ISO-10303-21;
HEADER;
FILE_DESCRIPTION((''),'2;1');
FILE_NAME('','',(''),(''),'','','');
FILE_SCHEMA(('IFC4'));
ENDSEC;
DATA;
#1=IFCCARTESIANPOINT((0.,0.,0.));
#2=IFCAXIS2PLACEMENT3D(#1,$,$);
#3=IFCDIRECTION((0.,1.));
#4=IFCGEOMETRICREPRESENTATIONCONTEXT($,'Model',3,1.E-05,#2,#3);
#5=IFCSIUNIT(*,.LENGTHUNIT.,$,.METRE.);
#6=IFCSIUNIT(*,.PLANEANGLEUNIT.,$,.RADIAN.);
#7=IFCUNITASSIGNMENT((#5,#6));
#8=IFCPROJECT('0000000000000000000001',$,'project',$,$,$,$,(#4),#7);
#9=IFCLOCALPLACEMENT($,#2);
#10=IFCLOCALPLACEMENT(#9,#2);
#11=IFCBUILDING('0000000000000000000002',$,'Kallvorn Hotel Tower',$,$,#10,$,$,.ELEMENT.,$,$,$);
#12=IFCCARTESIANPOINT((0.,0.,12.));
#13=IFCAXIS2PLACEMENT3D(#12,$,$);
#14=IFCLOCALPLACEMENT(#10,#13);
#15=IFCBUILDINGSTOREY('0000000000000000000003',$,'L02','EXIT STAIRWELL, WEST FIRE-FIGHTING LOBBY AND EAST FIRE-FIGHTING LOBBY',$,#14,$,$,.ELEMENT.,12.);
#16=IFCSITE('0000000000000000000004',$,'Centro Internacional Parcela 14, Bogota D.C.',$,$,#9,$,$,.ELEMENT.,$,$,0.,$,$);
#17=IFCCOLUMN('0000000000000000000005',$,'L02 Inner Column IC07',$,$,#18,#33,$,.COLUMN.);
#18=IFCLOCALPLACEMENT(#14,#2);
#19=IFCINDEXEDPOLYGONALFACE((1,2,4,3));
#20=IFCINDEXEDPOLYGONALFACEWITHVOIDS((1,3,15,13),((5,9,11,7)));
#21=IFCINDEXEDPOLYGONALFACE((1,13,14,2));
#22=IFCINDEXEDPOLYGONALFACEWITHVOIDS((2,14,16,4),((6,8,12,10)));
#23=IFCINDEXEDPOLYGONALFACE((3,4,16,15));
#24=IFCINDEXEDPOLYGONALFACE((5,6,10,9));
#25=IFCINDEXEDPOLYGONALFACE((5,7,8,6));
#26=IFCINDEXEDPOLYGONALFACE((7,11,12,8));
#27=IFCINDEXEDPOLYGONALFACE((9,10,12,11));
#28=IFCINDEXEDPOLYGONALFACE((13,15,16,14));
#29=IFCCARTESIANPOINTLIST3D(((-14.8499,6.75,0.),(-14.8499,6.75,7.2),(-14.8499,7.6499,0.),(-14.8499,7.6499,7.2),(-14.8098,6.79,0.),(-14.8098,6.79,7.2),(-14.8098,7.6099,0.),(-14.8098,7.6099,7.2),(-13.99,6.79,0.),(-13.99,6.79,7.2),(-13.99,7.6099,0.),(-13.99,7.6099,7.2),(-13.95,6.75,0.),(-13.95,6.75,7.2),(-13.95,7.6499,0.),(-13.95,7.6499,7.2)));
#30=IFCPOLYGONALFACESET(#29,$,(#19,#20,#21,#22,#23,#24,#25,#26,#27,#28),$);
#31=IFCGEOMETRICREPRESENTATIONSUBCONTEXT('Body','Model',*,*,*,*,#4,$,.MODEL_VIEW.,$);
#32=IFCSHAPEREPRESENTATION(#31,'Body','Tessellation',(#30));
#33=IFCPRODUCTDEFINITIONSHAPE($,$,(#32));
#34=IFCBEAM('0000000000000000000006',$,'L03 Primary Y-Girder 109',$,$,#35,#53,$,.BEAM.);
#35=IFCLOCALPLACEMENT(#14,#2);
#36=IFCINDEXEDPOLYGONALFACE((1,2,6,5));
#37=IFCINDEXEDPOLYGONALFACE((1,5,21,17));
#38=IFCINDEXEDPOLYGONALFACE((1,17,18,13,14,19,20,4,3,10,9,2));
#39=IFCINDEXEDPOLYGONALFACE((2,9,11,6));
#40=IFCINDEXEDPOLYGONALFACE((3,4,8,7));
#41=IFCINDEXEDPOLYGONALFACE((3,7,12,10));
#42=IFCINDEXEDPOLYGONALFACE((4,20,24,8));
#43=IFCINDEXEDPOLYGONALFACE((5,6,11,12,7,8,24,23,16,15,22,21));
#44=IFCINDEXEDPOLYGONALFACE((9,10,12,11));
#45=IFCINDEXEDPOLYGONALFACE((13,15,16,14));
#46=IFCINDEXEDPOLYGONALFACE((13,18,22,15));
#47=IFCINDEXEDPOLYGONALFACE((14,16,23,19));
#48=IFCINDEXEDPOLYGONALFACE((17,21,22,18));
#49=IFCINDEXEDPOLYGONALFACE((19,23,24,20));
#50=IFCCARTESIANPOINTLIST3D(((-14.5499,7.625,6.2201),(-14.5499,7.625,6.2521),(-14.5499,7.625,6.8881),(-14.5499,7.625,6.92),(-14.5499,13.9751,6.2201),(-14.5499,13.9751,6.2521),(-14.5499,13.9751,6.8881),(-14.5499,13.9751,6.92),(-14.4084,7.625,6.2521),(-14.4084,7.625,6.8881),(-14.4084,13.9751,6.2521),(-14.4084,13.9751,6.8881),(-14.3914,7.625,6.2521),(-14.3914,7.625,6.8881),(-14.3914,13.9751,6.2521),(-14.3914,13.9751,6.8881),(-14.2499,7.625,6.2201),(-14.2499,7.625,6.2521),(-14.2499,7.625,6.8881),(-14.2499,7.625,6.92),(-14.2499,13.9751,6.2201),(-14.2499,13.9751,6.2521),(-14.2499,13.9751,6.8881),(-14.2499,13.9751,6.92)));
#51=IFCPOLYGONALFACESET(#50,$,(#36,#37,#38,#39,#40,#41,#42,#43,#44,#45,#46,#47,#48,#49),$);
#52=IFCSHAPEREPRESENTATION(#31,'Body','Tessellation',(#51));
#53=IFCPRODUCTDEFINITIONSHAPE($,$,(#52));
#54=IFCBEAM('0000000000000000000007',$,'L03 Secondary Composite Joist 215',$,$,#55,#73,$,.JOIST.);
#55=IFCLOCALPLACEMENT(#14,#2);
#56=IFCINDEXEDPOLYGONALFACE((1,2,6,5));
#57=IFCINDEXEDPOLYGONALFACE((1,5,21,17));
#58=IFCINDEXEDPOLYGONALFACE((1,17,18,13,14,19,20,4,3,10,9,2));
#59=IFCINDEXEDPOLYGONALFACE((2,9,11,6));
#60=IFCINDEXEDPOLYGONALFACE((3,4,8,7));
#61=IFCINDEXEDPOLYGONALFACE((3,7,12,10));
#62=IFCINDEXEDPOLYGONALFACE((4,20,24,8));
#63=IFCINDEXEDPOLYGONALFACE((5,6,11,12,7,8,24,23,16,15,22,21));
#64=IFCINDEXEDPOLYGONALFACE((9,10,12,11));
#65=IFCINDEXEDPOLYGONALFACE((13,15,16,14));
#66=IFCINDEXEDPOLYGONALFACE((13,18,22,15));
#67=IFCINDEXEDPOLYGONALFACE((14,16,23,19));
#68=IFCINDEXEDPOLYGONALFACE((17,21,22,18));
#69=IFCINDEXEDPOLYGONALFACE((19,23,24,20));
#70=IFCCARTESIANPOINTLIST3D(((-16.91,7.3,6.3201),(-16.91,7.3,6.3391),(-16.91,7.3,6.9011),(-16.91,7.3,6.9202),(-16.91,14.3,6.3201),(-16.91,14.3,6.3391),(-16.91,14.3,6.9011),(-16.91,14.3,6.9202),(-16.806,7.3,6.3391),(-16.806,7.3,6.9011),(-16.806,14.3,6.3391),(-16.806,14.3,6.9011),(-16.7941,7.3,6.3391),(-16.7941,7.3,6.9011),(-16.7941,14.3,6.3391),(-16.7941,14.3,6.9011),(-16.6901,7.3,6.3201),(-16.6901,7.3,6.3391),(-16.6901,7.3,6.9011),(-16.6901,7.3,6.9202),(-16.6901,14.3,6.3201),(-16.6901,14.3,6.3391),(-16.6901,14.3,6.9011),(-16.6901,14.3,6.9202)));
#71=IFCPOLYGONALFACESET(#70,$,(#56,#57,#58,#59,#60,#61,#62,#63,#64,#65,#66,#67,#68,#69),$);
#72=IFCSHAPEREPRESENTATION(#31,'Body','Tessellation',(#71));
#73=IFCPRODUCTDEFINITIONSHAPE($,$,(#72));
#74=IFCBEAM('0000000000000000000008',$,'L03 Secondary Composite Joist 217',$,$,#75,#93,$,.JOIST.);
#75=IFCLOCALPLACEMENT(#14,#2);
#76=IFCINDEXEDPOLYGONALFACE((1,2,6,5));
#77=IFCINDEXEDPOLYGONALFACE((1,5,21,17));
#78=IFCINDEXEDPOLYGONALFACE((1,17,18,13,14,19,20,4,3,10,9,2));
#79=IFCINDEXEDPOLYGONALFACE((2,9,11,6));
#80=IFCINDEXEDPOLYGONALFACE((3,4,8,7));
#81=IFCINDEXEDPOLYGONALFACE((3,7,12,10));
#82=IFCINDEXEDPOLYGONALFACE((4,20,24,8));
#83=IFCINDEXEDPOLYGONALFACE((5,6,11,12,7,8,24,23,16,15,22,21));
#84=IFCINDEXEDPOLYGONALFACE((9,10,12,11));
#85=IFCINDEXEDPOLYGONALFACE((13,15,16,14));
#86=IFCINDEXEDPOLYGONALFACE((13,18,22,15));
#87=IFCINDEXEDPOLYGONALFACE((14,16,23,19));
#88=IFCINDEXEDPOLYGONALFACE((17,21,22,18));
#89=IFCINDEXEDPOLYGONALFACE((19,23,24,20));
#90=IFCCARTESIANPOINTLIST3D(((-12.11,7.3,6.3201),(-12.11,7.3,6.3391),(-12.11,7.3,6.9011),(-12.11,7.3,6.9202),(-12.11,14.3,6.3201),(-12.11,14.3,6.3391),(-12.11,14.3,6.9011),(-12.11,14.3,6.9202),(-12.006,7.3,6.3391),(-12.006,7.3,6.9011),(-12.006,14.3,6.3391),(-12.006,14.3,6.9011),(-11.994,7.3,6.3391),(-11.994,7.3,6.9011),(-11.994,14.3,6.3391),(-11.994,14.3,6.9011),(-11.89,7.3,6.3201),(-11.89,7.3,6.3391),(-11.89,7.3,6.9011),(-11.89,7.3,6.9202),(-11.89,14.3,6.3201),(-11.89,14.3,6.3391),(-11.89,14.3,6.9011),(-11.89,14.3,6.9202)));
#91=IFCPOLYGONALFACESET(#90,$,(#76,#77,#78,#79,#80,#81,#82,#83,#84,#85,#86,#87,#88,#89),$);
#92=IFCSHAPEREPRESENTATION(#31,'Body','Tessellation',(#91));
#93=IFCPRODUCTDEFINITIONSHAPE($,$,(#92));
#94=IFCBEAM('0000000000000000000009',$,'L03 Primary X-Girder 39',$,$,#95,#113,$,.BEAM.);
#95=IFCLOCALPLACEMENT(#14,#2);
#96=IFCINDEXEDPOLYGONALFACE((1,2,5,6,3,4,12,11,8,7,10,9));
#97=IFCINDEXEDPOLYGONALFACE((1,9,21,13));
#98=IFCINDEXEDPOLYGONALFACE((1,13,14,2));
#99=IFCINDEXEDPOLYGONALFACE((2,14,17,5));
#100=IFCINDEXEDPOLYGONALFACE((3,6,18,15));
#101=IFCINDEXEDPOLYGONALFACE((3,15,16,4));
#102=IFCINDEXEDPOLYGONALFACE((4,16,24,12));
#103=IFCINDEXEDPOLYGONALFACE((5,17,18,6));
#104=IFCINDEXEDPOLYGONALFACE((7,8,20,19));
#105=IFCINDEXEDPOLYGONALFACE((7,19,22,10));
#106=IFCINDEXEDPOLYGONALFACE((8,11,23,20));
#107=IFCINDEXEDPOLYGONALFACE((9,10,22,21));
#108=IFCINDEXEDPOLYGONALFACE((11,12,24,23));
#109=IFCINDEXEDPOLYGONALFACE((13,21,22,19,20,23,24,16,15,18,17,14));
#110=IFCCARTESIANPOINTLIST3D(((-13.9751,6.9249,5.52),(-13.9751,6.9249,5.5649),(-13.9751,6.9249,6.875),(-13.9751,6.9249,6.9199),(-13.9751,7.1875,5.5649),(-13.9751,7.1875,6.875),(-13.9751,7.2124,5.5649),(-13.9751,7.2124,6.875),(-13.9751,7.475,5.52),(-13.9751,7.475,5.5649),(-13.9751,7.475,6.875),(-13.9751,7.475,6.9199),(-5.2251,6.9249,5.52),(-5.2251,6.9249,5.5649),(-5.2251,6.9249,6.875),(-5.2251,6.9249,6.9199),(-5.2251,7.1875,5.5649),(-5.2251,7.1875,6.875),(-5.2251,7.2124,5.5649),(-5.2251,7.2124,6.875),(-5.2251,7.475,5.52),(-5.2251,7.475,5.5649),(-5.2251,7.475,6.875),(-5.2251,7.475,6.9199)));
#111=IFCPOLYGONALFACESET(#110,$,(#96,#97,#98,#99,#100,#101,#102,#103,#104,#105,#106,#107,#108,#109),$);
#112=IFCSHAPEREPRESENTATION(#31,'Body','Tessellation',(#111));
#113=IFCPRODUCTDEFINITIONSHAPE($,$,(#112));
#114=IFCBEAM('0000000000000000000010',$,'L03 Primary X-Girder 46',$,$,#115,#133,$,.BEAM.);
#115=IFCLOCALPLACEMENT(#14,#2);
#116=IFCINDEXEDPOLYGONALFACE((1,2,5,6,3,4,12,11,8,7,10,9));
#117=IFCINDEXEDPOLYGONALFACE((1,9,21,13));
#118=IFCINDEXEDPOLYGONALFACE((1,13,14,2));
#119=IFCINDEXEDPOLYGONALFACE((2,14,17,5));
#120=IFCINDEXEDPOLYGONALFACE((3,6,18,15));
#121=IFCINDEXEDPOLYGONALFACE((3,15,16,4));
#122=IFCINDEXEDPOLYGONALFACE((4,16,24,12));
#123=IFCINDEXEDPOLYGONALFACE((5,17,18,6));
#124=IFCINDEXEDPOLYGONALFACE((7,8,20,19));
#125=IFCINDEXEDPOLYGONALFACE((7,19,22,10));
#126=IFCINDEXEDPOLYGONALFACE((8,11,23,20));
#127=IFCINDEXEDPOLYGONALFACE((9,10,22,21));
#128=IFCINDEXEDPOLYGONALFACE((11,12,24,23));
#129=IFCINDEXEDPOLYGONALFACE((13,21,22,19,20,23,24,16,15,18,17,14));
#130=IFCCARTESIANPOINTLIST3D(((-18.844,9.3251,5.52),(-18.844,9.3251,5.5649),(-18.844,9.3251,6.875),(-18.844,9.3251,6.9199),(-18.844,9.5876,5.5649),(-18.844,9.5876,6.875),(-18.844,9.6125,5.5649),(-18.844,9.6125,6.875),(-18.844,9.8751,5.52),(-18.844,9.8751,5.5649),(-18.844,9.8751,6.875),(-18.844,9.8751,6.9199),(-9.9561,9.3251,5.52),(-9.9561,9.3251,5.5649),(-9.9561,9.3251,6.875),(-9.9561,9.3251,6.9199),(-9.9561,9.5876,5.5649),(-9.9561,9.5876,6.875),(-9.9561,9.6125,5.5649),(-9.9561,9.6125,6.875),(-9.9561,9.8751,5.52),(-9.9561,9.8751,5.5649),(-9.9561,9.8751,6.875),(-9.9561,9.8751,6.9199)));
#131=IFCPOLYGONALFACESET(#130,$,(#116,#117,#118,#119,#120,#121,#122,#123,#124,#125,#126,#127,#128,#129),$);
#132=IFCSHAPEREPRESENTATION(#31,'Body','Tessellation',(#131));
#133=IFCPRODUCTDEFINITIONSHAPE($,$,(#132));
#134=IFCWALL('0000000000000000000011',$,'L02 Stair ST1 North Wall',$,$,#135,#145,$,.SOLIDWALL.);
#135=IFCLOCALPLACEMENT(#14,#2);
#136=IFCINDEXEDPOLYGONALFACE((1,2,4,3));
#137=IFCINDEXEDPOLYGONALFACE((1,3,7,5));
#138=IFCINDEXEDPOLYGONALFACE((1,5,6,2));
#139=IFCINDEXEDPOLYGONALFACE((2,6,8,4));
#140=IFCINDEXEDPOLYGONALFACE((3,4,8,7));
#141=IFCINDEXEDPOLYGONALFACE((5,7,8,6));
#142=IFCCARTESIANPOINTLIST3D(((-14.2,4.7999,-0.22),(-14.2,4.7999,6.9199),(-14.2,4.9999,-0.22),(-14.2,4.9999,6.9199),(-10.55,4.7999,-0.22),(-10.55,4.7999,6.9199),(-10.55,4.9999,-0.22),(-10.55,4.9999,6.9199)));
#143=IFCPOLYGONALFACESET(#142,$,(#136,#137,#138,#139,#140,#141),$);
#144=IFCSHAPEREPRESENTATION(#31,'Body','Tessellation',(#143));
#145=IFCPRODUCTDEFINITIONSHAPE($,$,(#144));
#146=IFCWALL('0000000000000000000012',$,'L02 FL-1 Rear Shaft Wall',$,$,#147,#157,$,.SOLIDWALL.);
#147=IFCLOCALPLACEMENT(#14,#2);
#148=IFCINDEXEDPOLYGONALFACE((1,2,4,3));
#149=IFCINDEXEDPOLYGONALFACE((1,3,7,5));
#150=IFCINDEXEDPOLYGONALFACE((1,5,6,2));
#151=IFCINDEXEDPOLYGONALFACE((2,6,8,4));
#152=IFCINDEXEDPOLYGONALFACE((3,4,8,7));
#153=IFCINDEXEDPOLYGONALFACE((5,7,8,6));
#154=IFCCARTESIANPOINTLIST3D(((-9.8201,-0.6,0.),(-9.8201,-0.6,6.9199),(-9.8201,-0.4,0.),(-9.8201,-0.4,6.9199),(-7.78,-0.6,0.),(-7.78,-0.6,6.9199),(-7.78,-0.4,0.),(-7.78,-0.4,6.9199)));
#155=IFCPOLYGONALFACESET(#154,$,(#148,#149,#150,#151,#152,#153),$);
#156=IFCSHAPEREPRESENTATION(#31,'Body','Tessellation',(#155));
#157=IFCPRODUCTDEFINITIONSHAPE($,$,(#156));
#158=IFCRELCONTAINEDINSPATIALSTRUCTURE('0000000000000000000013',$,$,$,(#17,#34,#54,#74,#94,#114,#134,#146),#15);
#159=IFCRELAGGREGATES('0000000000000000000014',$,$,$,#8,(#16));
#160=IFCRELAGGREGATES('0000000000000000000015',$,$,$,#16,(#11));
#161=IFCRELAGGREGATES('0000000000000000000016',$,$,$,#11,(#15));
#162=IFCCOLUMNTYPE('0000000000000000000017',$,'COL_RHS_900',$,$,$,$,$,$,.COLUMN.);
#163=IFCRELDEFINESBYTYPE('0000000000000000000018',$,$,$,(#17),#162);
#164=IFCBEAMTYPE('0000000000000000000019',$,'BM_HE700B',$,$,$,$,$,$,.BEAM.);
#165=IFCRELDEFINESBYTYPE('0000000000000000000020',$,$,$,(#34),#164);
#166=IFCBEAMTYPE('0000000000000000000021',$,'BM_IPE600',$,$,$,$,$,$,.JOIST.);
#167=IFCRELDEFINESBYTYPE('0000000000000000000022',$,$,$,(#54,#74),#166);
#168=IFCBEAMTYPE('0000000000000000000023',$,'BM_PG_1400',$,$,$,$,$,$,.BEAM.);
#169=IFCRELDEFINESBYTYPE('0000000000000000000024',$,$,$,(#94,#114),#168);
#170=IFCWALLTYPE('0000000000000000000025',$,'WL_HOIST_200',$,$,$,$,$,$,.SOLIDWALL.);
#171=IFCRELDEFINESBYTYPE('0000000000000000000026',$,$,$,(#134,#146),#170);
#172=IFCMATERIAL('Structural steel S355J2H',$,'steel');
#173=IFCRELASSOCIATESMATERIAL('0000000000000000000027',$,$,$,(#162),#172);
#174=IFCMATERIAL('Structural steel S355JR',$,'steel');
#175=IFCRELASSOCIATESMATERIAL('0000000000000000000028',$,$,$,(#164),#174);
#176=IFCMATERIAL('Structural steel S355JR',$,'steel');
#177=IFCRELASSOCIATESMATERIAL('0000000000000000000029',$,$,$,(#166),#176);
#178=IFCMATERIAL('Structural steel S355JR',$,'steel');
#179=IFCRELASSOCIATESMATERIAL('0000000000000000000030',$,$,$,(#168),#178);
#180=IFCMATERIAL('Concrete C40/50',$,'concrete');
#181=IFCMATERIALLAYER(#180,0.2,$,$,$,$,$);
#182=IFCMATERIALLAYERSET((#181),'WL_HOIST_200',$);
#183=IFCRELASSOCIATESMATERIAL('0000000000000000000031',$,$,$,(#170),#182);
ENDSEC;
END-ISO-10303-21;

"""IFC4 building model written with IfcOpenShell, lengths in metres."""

from ifc_helpers import new_model, si_unit, direction, frame, frame_2d, origin, origin_2d, place, context, subcontext, project, spatial, rectangle, hollow_rectangle, i_section, extrude, material, layer, layer_set, material_profile, profile_set, type_object, element, save


model = new_model("IFC4")

# Units and contexts
model_context = context("Model", 3, precision=1e-05, world=origin(), true_north=direction((0.0, 1.0)))
body_context = subcontext(model_context, "Body", "Model", "MODEL_VIEW")
ifc_project = project(units=[si_unit("LENGTHUNIT", "METRE"), si_unit("PLANEANGLEUNIT", "RADIAN")], contexts=[model_context])

# Site, building, storey
site_placement = place(None, origin())
site = spatial("IfcSite", under=ifc_project, at=site_placement, Name="Centro Internacional Parcela 14, Bogota D.C.", CompositionType="ELEMENT", RefElevation=0.0)
building_placement = place(site_placement, origin())
building = spatial("IfcBuilding", under=site, at=building_placement, Name="Kallvorn Hotel Tower", CompositionType="ELEMENT")
storey_placement = place(building_placement, frame((0.0, 0.0, 12.0)))
storey = spatial("IfcBuildingStorey", under=building, at=storey_placement, Name="L02", Description="EXIT STAIRWELL, WEST FIRE-FIGHTING LOBBY AND EAST FIRE-FIGHTING LOBBY", CompositionType="ELEMENT", Elevation=12.0)

# Column
ifc_material_1 = material(Name="Structural steel S355J2H", Category="steel")
ifc_material_profile_1 = material_profile(ifc_material_1, hollow_rectangle(XDim=0.8999, YDim=0.8999, WallThickness=0.04, at=origin_2d()), Name="RHS 900x900x40")
ifc_profile_set_1 = profile_set([ifc_material_profile_1], Name="Structural steel S355J2H")
column_type = type_object("IfcColumnType", Name="COL_RHS_900", PredefinedType="COLUMN", material=ifc_profile_set_1)
column_placement = place(storey_placement, frame((-14.3999, 7.2, 0.0), z_axis=(0.0, 0.0, 1.0), x_axis=(1.0, 0.0, 0.0)))
element("IfcColumn", 1, at=column_placement, inside=storey, type_object=column_type, Name="L02 Inner Column IC07", PredefinedType="COLUMN", context=body_context, shape_type="SweptSolid", body=[
    extrude(hollow_rectangle(XDim=0.8999, YDim=0.8999, WallThickness=0.04, at=origin_2d()), origin(), (0.0, 0.0, 1.0), 7.2),
])

# Beams
ifc_material_2 = material(Name="Structural steel S355JR", Category="steel")
ifc_material_profile_2 = material_profile(ifc_material_2, i_section(OverallWidth=0.3, OverallDepth=0.7, WebThickness=0.0171, FlangeThickness=0.032, at=origin_2d()), Name="HE 700 B")
ifc_profile_set_2 = profile_set([ifc_material_profile_2], Name="Structural steel S355JR")
beam_type_1 = type_object("IfcBeamType", Name="BM_HE700B", PredefinedType="BEAM", material=ifc_profile_set_2)
beam_1_placement = place(storey_placement, frame((-14.3999, 7.625, 6.5701), z_axis=(0.0, 1.0, 0.0), x_axis=(-1.0, 0.0, 0.0)))
element("IfcBeam", 2, at=beam_1_placement, inside=storey, type_object=beam_type_1, Name="L03 Primary Y-Girder 109", PredefinedType="BEAM", context=body_context, shape_type="SweptSolid", body=[
    extrude(i_section(OverallWidth=0.3, OverallDepth=0.7, WebThickness=0.0171, FlangeThickness=0.032, at=origin_2d()), origin(), (0.0, 0.0, 1.0), 6.3501),
])
ifc_material_3 = material(Name="Structural steel S355JR", Category="steel")
ifc_material_profile_3 = material_profile(ifc_material_3, i_section(OverallWidth=0.22, OverallDepth=0.6001, WebThickness=0.012, FlangeThickness=0.019, at=origin_2d()), Name="IPE 600")
ifc_profile_set_3 = profile_set([ifc_material_profile_3], Name="Structural steel S355JR")
beam_type_2 = type_object("IfcBeamType", Name="BM_IPE600", PredefinedType="JOIST", material=ifc_profile_set_3)
for number, where, z_axis, x_axis, name in (
    (3, (-16.8, 7.3, 6.6201), (0.0, 1.0, 0.0), (-1.0, 0.0, 0.0), "L03 Secondary Composite Joist 215"),
    (4, (-12.0, 7.3, 6.6201), (0.0, 1.0, 0.0), (-1.0, 0.0, 0.0), "L03 Secondary Composite Joist 217"),
):
    element("IfcBeam", number, at=place(storey_placement, frame(where, z_axis=z_axis, x_axis=x_axis)), inside=storey, type_object=beam_type_2, Name=name, PredefinedType="JOIST", context=body_context, shape_type="SweptSolid", body=[
        extrude(i_section(OverallWidth=0.22, OverallDepth=0.6001, WebThickness=0.012, FlangeThickness=0.019, at=origin_2d()), origin(), (0.0, 0.0, 1.0), 7.0),
    ])
ifc_material_4 = material(Name="Structural steel S355JR", Category="steel")
ifc_material_profile_4 = material_profile(ifc_material_4, i_section(OverallWidth=0.55, OverallDepth=1.3999, WebThickness=0.0249, FlangeThickness=0.0449, at=origin_2d()), Name="PG 1400x550x25x45")
ifc_profile_set_4 = profile_set([ifc_material_profile_4], Name="Structural steel S355JR")
beam_type_3 = type_object("IfcBeamType", Name="BM_PG_1400", PredefinedType="BEAM", material=ifc_profile_set_4)
beam_2_placement = place(storey_placement, frame((-13.9751, 7.2, 6.22), z_axis=(1.0, 0.0, 0.0), x_axis=(0.0, 1.0, 0.0)))
element("IfcBeam", 5, at=beam_2_placement, inside=storey, type_object=beam_type_3, Name="L03 Primary X-Girder 39", PredefinedType="BEAM", context=body_context, shape_type="SweptSolid", body=[
    extrude(i_section(OverallWidth=0.55, OverallDepth=1.3999, WebThickness=0.0249, FlangeThickness=0.0449, at=origin_2d()), origin(), (0.0, 0.0, 1.0), 8.75),
])
beam_3_placement = place(storey_placement, frame((-18.844, 9.6001, 6.22), z_axis=(1.0, 0.0, 0.0), x_axis=(0.0, 1.0, 0.0)))
element("IfcBeam", 6, at=beam_3_placement, inside=storey, type_object=beam_type_3, Name="L03 Primary X-Girder 46", PredefinedType="BEAM", context=body_context, shape_type="SweptSolid", body=[
    extrude(i_section(OverallWidth=0.55, OverallDepth=1.3999, WebThickness=0.0249, FlangeThickness=0.0449, at=origin_2d()), origin(), (0.0, 0.0, 1.0), 8.8879),
])

# Walls
ifc_material_5 = material(Name="Concrete C40/50", Category="concrete")
ifc_layer_1 = layer(ifc_material_5, 0.2)
ifc_layer_set_1 = layer_set([ifc_layer_1], Name="WL_HOIST_200")
wall_type_1 = type_object("IfcWallType", Name="WL_HOIST_200", PredefinedType="SOLIDWALL", material=ifc_layer_set_1)
wall_1_placement = place(storey_placement, frame((-14.2, 4.8999, -0.22), z_axis=(0.0, 0.0, 1.0), x_axis=(1.0, 0.0, 0.0)))
element("IfcWall", 7, at=wall_1_placement, inside=storey, type_object=wall_type_1, Name="L02 Stair ST1 North Wall", PredefinedType="SOLIDWALL", context=body_context, shape_type="SweptSolid", body=[
    extrude(rectangle(XDim=3.6499, YDim=0.2, at=frame_2d((1.825, 0.0))), origin(), (0.0, 0.0, 1.0), 7.1399),
])
wall_2_placement = place(storey_placement, frame((-9.8201, -0.5, 0.0), z_axis=(0.0, 0.0, 1.0), x_axis=(1.0, 0.0, 0.0)))
element("IfcWall", 8, at=wall_2_placement, inside=storey, type_object=wall_type_1, Name="L02 FL-1 Rear Shaft Wall", PredefinedType="SOLIDWALL", context=body_context, shape_type="SweptSolid", body=[
    extrude(rectangle(XDim=2.04, YDim=0.2, at=frame_2d((1.02, 0.0))), origin(), (0.0, 0.0, 1.0), 6.9199),
])

save(model, "model.ifc")
